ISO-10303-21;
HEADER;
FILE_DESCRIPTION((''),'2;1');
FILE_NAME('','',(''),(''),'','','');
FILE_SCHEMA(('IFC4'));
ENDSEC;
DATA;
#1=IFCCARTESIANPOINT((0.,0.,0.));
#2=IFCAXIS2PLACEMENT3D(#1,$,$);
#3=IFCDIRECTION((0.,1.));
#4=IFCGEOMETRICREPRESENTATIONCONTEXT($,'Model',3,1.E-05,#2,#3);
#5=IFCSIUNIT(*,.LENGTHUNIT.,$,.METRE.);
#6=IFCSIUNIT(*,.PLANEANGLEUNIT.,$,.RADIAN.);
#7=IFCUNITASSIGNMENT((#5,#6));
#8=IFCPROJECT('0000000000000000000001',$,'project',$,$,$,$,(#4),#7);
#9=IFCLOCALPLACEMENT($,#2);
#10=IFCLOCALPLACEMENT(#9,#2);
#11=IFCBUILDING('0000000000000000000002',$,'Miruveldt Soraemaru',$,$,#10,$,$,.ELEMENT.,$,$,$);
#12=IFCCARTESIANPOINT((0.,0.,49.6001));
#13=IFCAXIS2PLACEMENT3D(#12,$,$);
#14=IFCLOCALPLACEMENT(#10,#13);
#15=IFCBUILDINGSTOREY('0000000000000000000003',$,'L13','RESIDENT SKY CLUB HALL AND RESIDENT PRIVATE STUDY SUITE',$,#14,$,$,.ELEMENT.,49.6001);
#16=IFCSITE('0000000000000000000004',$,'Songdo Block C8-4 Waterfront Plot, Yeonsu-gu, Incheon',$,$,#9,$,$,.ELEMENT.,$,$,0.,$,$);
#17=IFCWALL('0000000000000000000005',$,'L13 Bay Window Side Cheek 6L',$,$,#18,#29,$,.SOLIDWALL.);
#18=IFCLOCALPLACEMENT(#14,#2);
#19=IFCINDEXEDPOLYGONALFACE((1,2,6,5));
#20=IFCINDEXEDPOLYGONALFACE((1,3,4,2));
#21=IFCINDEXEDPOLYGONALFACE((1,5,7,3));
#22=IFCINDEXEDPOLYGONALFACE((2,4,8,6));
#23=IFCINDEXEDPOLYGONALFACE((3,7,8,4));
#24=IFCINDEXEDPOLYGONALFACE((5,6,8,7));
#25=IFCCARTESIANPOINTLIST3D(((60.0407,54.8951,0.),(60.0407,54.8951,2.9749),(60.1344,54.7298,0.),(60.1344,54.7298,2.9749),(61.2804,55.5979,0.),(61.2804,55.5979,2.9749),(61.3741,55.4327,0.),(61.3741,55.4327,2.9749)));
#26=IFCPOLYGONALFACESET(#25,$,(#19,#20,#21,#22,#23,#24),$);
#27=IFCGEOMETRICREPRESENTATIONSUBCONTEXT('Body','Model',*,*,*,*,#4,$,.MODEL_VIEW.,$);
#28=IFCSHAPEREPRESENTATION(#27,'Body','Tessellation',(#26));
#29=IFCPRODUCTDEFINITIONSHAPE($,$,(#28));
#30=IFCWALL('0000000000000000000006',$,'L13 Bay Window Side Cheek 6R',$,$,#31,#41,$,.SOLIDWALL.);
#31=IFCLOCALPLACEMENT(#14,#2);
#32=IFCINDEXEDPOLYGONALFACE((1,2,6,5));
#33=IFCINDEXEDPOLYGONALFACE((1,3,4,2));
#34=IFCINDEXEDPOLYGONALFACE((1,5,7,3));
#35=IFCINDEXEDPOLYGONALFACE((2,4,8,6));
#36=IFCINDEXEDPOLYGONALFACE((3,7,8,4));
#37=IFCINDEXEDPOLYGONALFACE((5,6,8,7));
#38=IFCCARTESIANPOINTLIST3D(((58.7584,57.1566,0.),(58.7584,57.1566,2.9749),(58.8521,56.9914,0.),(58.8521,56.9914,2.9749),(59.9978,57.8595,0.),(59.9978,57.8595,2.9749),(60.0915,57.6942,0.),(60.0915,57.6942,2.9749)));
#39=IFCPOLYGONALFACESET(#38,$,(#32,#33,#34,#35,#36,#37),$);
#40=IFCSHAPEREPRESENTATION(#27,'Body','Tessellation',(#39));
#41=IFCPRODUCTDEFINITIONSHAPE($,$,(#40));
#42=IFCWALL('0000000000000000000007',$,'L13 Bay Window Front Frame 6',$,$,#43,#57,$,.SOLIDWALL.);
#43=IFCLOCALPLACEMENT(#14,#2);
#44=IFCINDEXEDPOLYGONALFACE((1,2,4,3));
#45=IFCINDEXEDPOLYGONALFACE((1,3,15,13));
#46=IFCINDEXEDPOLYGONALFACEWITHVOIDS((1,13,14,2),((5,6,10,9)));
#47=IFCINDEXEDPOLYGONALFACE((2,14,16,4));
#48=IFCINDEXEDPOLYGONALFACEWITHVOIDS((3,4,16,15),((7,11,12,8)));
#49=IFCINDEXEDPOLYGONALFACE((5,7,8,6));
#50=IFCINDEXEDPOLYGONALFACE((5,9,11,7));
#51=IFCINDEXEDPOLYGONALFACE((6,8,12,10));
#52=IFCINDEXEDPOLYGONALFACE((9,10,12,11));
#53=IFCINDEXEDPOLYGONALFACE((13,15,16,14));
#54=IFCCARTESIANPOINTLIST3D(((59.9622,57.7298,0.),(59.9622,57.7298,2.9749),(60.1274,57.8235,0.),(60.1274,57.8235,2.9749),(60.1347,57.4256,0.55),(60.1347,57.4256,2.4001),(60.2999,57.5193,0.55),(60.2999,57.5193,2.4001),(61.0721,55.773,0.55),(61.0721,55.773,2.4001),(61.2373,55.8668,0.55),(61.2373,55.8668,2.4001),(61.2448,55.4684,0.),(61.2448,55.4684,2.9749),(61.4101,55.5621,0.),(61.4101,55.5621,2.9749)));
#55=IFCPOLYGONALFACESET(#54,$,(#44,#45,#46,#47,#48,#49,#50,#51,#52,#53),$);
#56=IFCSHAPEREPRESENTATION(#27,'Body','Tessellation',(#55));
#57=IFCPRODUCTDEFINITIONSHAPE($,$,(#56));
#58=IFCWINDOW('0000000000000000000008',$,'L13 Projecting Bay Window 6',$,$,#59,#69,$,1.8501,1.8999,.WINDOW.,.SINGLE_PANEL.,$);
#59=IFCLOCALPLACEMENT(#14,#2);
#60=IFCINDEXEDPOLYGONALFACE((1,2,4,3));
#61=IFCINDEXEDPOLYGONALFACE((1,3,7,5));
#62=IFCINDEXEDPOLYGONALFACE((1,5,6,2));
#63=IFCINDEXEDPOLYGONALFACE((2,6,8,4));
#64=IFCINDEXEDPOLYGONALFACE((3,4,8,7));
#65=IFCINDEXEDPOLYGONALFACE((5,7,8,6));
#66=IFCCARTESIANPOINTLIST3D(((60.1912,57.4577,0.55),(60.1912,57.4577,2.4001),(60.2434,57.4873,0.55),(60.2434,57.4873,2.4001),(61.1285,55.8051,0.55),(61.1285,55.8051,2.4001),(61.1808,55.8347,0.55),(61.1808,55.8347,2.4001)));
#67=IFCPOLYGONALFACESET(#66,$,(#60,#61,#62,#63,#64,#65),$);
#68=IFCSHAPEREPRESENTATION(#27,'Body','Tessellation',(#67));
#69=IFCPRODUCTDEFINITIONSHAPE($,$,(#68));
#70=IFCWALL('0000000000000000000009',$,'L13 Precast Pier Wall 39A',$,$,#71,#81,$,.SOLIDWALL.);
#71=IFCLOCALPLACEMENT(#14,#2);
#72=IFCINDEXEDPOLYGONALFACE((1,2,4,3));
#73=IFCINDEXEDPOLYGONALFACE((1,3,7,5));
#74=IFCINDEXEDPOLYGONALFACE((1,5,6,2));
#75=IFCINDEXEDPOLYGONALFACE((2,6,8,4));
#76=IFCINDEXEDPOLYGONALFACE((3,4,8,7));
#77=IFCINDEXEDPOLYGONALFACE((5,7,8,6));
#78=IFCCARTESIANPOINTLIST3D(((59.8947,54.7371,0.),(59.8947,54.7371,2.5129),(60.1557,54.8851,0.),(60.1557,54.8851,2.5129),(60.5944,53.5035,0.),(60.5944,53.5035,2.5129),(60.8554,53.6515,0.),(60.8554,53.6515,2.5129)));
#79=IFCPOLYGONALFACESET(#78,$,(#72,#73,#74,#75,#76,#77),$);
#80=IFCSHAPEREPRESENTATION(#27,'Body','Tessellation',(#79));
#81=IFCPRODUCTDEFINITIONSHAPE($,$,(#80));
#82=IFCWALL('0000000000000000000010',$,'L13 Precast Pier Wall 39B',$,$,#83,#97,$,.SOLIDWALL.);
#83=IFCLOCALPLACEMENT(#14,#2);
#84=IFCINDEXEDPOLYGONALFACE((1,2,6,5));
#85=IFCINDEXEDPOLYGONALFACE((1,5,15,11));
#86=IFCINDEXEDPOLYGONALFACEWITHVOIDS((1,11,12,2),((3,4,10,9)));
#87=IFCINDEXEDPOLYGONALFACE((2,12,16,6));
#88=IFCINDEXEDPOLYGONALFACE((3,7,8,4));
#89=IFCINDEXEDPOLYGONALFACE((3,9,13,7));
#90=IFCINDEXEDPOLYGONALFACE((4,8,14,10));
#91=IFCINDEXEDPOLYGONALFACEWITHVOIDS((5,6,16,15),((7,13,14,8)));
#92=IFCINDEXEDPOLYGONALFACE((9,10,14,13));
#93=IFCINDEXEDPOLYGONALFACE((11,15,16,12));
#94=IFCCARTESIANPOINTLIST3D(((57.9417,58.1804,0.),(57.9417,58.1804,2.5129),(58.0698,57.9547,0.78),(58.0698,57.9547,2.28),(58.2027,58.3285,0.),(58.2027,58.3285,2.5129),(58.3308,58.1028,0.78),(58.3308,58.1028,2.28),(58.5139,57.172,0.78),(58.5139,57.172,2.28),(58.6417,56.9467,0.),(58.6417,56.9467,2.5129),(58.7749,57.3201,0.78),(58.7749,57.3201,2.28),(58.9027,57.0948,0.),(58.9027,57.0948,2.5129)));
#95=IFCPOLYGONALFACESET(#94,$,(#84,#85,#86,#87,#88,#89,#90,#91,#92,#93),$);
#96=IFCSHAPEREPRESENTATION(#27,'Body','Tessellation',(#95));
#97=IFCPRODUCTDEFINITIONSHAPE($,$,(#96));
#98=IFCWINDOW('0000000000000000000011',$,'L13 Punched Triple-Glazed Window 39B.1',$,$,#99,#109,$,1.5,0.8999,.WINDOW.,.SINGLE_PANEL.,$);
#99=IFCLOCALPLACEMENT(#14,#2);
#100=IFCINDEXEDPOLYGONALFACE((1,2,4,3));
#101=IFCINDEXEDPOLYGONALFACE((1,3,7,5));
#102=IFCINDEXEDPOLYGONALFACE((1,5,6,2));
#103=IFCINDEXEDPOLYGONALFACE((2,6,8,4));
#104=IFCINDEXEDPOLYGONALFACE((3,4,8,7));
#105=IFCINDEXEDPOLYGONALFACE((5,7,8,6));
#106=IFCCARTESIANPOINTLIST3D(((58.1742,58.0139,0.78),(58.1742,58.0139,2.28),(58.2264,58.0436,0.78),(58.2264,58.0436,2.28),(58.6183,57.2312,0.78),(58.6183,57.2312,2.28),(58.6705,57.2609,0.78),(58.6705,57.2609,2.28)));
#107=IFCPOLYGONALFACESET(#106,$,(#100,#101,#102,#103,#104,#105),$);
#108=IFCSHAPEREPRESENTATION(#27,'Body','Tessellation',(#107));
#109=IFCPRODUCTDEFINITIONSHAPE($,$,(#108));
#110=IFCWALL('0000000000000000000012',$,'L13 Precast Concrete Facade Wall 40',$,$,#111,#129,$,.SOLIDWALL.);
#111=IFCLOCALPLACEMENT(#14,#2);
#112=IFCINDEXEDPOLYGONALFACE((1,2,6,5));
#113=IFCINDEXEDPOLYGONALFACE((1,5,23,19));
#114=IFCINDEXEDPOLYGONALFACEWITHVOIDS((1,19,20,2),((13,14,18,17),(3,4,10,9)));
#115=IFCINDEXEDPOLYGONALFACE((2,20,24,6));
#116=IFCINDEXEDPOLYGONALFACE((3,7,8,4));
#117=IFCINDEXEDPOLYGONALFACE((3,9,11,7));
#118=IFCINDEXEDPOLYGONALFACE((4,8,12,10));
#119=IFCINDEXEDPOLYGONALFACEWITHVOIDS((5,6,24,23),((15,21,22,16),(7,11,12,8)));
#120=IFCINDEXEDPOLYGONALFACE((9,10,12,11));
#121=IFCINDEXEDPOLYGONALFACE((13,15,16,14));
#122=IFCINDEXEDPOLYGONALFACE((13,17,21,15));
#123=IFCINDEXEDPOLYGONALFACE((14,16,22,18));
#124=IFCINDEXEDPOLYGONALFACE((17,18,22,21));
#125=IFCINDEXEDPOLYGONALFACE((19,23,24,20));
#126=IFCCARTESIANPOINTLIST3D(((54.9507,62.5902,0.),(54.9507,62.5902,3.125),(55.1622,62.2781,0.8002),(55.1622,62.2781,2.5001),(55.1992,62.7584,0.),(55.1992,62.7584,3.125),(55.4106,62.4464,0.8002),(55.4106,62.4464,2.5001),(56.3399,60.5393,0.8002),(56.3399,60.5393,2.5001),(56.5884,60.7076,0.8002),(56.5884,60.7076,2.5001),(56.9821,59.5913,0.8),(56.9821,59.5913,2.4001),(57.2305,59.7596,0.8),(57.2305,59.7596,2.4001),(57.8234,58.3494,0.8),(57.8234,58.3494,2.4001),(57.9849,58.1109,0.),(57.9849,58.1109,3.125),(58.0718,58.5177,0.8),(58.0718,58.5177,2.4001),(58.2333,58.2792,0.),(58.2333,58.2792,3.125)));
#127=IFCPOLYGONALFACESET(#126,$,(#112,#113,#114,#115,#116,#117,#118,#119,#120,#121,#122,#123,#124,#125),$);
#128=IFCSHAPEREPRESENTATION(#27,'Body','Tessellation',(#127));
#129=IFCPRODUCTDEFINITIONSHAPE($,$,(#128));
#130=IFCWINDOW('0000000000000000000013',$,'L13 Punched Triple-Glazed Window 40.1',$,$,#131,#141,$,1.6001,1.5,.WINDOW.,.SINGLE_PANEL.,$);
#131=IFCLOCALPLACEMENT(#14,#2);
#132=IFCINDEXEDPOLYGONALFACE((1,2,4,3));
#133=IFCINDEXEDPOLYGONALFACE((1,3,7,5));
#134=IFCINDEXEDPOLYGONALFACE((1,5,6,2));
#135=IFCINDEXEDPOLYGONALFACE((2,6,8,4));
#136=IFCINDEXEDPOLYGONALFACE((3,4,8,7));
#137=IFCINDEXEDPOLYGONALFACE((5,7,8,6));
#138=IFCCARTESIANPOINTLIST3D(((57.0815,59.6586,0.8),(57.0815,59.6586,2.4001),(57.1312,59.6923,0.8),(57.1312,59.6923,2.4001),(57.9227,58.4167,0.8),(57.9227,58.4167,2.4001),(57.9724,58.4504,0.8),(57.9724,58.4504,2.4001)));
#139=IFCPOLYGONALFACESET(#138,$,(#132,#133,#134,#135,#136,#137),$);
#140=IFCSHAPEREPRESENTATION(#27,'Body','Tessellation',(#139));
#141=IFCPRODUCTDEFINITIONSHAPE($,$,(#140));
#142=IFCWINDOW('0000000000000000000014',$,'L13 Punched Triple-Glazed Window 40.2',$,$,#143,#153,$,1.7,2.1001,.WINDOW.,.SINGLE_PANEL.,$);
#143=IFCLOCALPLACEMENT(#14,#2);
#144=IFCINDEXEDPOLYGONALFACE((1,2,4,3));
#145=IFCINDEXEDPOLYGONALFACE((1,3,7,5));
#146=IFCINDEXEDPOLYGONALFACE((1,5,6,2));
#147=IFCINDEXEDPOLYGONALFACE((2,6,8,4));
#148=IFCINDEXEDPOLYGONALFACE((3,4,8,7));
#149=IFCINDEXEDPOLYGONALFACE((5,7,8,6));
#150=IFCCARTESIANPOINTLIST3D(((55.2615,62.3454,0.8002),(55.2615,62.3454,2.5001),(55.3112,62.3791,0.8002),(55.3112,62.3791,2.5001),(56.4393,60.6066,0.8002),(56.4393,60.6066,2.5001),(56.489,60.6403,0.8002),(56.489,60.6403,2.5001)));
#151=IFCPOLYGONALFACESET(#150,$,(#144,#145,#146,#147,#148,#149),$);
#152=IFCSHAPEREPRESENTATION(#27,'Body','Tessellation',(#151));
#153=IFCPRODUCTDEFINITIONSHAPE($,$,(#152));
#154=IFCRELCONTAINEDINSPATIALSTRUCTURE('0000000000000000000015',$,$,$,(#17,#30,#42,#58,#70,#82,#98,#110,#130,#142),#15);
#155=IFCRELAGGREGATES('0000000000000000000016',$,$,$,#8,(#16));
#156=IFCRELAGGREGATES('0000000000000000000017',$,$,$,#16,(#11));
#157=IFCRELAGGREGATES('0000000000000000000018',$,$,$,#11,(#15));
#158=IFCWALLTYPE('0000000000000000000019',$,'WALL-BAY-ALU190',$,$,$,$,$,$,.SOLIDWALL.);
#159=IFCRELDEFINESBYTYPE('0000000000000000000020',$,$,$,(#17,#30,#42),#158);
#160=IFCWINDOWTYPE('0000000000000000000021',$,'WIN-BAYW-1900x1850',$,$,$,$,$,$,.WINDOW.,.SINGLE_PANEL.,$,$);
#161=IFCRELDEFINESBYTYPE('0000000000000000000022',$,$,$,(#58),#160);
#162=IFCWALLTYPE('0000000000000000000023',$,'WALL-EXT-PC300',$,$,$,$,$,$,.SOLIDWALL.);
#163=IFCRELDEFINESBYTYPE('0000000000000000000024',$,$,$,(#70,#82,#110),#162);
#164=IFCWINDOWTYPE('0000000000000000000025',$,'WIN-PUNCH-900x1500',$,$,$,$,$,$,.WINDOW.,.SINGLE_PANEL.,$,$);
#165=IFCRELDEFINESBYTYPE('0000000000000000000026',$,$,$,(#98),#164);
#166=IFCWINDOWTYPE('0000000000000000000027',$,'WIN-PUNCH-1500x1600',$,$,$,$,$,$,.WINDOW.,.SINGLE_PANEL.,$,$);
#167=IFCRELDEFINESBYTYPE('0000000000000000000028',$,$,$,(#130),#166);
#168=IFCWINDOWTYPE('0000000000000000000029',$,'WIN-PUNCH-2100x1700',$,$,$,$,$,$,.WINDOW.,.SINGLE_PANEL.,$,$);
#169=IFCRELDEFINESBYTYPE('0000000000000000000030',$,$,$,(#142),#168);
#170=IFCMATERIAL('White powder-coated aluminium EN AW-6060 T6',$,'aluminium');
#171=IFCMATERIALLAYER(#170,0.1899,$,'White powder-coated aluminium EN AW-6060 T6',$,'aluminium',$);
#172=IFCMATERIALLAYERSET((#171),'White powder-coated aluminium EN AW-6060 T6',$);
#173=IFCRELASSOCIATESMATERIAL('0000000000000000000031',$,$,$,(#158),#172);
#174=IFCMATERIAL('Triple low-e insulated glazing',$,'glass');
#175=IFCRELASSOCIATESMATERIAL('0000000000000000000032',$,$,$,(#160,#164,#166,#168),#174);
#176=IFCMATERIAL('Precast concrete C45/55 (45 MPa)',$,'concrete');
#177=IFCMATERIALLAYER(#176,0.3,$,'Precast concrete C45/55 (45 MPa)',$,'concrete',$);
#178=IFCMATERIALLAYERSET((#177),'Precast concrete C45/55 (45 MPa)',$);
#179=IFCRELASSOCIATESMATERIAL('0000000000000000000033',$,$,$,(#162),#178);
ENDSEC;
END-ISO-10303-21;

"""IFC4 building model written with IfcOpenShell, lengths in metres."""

from ifc_helpers import new_model, si_unit, direction, frame, frame_2d, origin, place, context, subcontext, project, spatial, rectangle, extrude, material, layer, layer_set, type_object, element, fill, save


model = new_model("IFC4")

# Units and contexts
model_context = context("Model", 3, precision=1e-05, world=origin(), true_north=direction((0.0, 1.0)))
body_context = subcontext(model_context, "Body", "Model", "MODEL_VIEW")
ifc_project = project(units=[si_unit("LENGTHUNIT", "METRE"), si_unit("PLANEANGLEUNIT", "RADIAN")], contexts=[model_context])

# Site, building, storey
site_placement = place(None, origin())
site = spatial("IfcSite", under=ifc_project, at=site_placement, Name="Songdo Block C8-4 Waterfront Plot, Yeonsu-gu, Incheon", CompositionType="ELEMENT", RefElevation=0.0)
building_placement = place(site_placement, origin())
building = spatial("IfcBuilding", under=site, at=building_placement, Name="Miruveldt Soraemaru", CompositionType="ELEMENT")
storey_placement = place(building_placement, frame((0.0, 0.0, 49.6001)))
storey = spatial("IfcBuildingStorey", under=building, at=storey_placement, Name="L13", Description="RESIDENT SKY CLUB HALL AND RESIDENT PRIVATE STUDY SUITE", CompositionType="ELEMENT", Elevation=49.6001)

# Walls
ifc_material_1 = material(Name="White powder-coated aluminium EN AW-6060 T6", Category="aluminium")
ifc_layer_1 = layer(ifc_material_1, 0.1899, Name="White powder-coated aluminium EN AW-6060 T6", Category="aluminium")
ifc_layer_set_1 = layer_set([ifc_layer_1], Name="White powder-coated aluminium EN AW-6060 T6")
wall_type_1 = type_object("IfcWallType", Name="WALL-BAY-ALU190", PredefinedType="SOLIDWALL", material=ifc_layer_set_1)
wall_1_placement = place(storey_placement, frame((60.0876, 54.8125, 0.0), z_axis=(0.0, 0.0, 1.0), x_axis=(0.869914, 0.493203, 0.0)))
element("IfcWall", 1, at=wall_1_placement, inside=storey, type_object=wall_type_1, Name="L13 Bay Window Side Cheek 6L", PredefinedType="SOLIDWALL", context=body_context, shape_type="SweptSolid", body=[
    extrude(rectangle(XDim=1.425, YDim=0.1899, at=frame_2d((0.7124, 0.0))), origin(), (0.0, 0.0, 1.0), 2.9749),
])
wall_2_placement = place(storey_placement, frame((60.0447, 57.7769, 0.0), z_axis=(0.0, 0.0, 1.0), x_axis=(-0.869873, -0.493276, 0.0)))
element("IfcWall", 2, at=wall_2_placement, inside=storey, type_object=wall_type_1, Name="L13 Bay Window Side Cheek 6R", PredefinedType="SOLIDWALL", context=body_context, shape_type="SweptSolid", body=[
    extrude(rectangle(XDim=1.4248, YDim=0.1899, at=frame_2d((0.7124, 0.0))), origin(), (0.0, 0.0, 1.0), 2.9749),
])

# Wall, opening, window
wall_3_placement = place(storey_placement, frame((61.3274, 55.5154, 0.0), z_axis=(0.0, 0.0, 1.0), x_axis=(-0.493366, 0.869822, 0.0)))
wall_3 = element("IfcWall", 3, at=wall_3_placement, inside=storey, type_object=wall_type_1, Name="L13 Bay Window Front Frame 6", PredefinedType="SOLIDWALL", context=body_context, shape_type="SweptSolid", body=[
    extrude(rectangle(XDim=2.5999, YDim=0.1899, at=frame_2d((1.2998, 0.0))), origin(), (0.0, 0.0, 1.0), 2.9749),
])
opening_1_placement = place(wall_3_placement, frame((0.3501, 0.0, 0.55)))
opening_1 = element("IfcOpeningElement", 4, at=opening_1_placement, cuts=wall_3, PredefinedType="OPENING", context=body_context, shape_type="SweptSolid", body=[
    extrude(rectangle(XDim=1.8999, YDim=1.8501, at=frame_2d((0.95, 0.925))), frame((0.0, 0.105, 0.0), z_axis=(0.0, -1.0, 0.0), x_axis=(1.0, 0.0, 0.0)), (0.0, 0.0, 1.0), 0.21),
])
ifc_material_2 = material(Name="Triple low-e insulated glazing", Category="glass")
window_type_1 = type_object("IfcWindowType", Name="WIN-BAYW-1900x1850", PartitioningType="SINGLE_PANEL", PredefinedType="WINDOW", material=ifc_material_2)
window_1_placement = place(opening_1_placement, origin())
window_1 = element("IfcWindow", 5, at=window_1_placement, inside=storey, type_object=window_type_1, Name="L13 Projecting Bay Window 6", OverallHeight=1.8501, OverallWidth=1.8999, PartitioningType="SINGLE_PANEL", PredefinedType="WINDOW", context=body_context, shape_type="SweptSolid", body=[
    extrude(rectangle(XDim=1.8999, YDim=1.8501, at=frame_2d((0.95, 0.925))), frame((0.0, 0.03, 0.0), z_axis=(0.0, -1.0, 0.0), x_axis=(1.0, 0.0, 0.0)), (0.0, 0.0, 1.0), 0.0601),
])
fill(opening_1, window_1)

# Wall
ifc_material_3 = material(Name="Precast concrete C45/55 (45 MPa)", Category="concrete")
ifc_layer_2 = layer(ifc_material_3, 0.3, Name="Precast concrete C45/55 (45 MPa)", Category="concrete")
ifc_layer_set_2 = layer_set([ifc_layer_2], Name="Precast concrete C45/55 (45 MPa)")
wall_type_2 = type_object("IfcWallType", Name="WALL-EXT-PC300", PredefinedType="SOLIDWALL", material=ifc_layer_set_2)
wall_4_placement = place(storey_placement, frame((60.7249, 53.5776, 0.0), z_axis=(0.0, 0.0, 1.0), x_axis=(-0.493356, 0.869828, 0.0)))
element("IfcWall", 6, at=wall_4_placement, inside=storey, type_object=wall_type_2, Name="L13 Precast Pier Wall 39A", PredefinedType="SOLIDWALL", context=body_context, shape_type="SweptSolid", body=[
    extrude(rectangle(XDim=1.4182, YDim=0.3, at=frame_2d((0.709, 0.0))), origin(), (0.0, 0.0, 1.0), 2.5129),
])

# Wall, opening, window
wall_5_placement = place(storey_placement, frame((58.7722, 57.0208, 0.0), z_axis=(0.0, 0.0, 1.0), x_axis=(-0.493486, 0.869754, 0.0)))
wall_5 = element("IfcWall", 7, at=wall_5_placement, inside=storey, type_object=wall_type_2, Name="L13 Precast Pier Wall 39B", PredefinedType="SOLIDWALL", context=body_context, shape_type="SweptSolid", body=[
    extrude(rectangle(XDim=1.4185, YDim=0.3, at=frame_2d((0.7092, 0.0))), origin(), (0.0, 0.0, 1.0), 2.5129),
])
opening_2_placement = place(wall_5_placement, frame((0.259, 0.0, 0.78)))
opening_2 = element("IfcOpeningElement", 8, at=opening_2_placement, cuts=wall_5, PredefinedType="OPENING", context=body_context, shape_type="SweptSolid", body=[
    extrude(rectangle(XDim=0.8999, YDim=1.5, at=frame_2d((0.45, 0.75))), frame((0.0, 0.1602, 0.0), z_axis=(0.0, -1.0, 0.0), x_axis=(1.0, 0.0, 0.0)), (0.0, 0.0, 1.0), 0.3201),
])
window_type_2 = type_object("IfcWindowType", Name="WIN-PUNCH-900x1500", PartitioningType="SINGLE_PANEL", PredefinedType="WINDOW", material=ifc_material_2)
window_2_placement = place(opening_2_placement, origin())
window_2 = element("IfcWindow", 9, at=window_2_placement, inside=storey, type_object=window_type_2, Name="L13 Punched Triple-Glazed Window 39B.1", OverallHeight=1.5, OverallWidth=0.8999, PartitioningType="SINGLE_PANEL", PredefinedType="WINDOW", context=body_context, shape_type="SweptSolid", body=[
    extrude(rectangle(XDim=0.8999, YDim=1.5, at=frame_2d((0.45, 0.75))), frame((0.0, 0.03, 0.0), z_axis=(0.0, -1.0, 0.0), x_axis=(1.0, 0.0, 0.0)), (0.0, 0.0, 1.0), 0.0601),
])
fill(opening_2, window_2)

# Wall, openings, windows
wall_6_placement = place(storey_placement, frame((58.1091, 58.1951, 0.0), z_axis=(0.0, 0.0, 1.0), x_axis=(-0.560829, 0.827932, 0.0)))
wall_6 = element("IfcWall", 10, at=wall_6_placement, inside=storey, type_object=wall_type_2, Name="L13 Precast Concrete Facade Wall 40", PredefinedType="SOLIDWALL", context=body_context, shape_type="SweptSolid", body=[
    extrude(rectangle(XDim=5.4102, YDim=0.3, at=frame_2d((2.7051, 0.0))), origin(), (0.0, 0.0, 1.0), 3.125),
])
opening_3_placement = place(wall_6_placement, frame((0.2881, 0.0, 0.8)))
opening_3 = element("IfcOpeningElement", 11, at=opening_3_placement, cuts=wall_6, PredefinedType="OPENING", context=body_context, shape_type="SweptSolid", body=[
    extrude(rectangle(XDim=1.5, YDim=1.6001, at=frame_2d((0.75, 0.8))), frame((0.0, 0.1602, 0.0), z_axis=(0.0, -1.0, 0.0), x_axis=(1.0, 0.0, 0.0)), (0.0, 0.0, 1.0), 0.3201),
])
opening_4_placement = place(wall_6_placement, frame((2.9331, 0.0, 0.8)))
opening_4 = element("IfcOpeningElement", 12, at=opening_4_placement, cuts=wall_6, PredefinedType="OPENING", context=body_context, shape_type="SweptSolid", body=[
    extrude(rectangle(XDim=2.1001, YDim=1.7, at=frame_2d((1.05, 0.8501))), frame((0.0, 0.1602, 0.0), z_axis=(0.0, -1.0, 0.0), x_axis=(1.0, 0.0, 0.0)), (0.0, 0.0, 1.0), 0.3201),
])
window_type_3 = type_object("IfcWindowType", Name="WIN-PUNCH-1500x1600", PartitioningType="SINGLE_PANEL", PredefinedType="WINDOW", material=ifc_material_2)
window_3_placement = place(opening_3_placement, origin())
window_3 = element("IfcWindow", 13, at=window_3_placement, inside=storey, type_object=window_type_3, Name="L13 Punched Triple-Glazed Window 40.1", OverallHeight=1.6001, OverallWidth=1.5, PartitioningType="SINGLE_PANEL", PredefinedType="WINDOW", context=body_context, shape_type="SweptSolid", body=[
    extrude(rectangle(XDim=1.5, YDim=1.6001, at=frame_2d((0.75, 0.8))), frame((0.0, 0.03, 0.0), z_axis=(0.0, -1.0, 0.0), x_axis=(1.0, 0.0, 0.0)), (0.0, 0.0, 1.0), 0.0601),
])
fill(opening_3, window_3)
window_type_4 = type_object("IfcWindowType", Name="WIN-PUNCH-2100x1700", PartitioningType="SINGLE_PANEL", PredefinedType="WINDOW", material=ifc_material_2)
window_4_placement = place(opening_4_placement, origin())
window_4 = element("IfcWindow", 14, at=window_4_placement, inside=storey, type_object=window_type_4, Name="L13 Punched Triple-Glazed Window 40.2", OverallHeight=1.7, OverallWidth=2.1001, PartitioningType="SINGLE_PANEL", PredefinedType="WINDOW", context=body_context, shape_type="SweptSolid", body=[
    extrude(rectangle(XDim=2.1001, YDim=1.7, at=frame_2d((1.05, 0.8501))), frame((0.0, 0.03, 0.0), z_axis=(0.0, -1.0, 0.0), x_axis=(1.0, 0.0, 0.0)), (0.0, 0.0, 1.0), 0.0601),
])
fill(opening_4, window_4)

save(model, "model.ifc")
